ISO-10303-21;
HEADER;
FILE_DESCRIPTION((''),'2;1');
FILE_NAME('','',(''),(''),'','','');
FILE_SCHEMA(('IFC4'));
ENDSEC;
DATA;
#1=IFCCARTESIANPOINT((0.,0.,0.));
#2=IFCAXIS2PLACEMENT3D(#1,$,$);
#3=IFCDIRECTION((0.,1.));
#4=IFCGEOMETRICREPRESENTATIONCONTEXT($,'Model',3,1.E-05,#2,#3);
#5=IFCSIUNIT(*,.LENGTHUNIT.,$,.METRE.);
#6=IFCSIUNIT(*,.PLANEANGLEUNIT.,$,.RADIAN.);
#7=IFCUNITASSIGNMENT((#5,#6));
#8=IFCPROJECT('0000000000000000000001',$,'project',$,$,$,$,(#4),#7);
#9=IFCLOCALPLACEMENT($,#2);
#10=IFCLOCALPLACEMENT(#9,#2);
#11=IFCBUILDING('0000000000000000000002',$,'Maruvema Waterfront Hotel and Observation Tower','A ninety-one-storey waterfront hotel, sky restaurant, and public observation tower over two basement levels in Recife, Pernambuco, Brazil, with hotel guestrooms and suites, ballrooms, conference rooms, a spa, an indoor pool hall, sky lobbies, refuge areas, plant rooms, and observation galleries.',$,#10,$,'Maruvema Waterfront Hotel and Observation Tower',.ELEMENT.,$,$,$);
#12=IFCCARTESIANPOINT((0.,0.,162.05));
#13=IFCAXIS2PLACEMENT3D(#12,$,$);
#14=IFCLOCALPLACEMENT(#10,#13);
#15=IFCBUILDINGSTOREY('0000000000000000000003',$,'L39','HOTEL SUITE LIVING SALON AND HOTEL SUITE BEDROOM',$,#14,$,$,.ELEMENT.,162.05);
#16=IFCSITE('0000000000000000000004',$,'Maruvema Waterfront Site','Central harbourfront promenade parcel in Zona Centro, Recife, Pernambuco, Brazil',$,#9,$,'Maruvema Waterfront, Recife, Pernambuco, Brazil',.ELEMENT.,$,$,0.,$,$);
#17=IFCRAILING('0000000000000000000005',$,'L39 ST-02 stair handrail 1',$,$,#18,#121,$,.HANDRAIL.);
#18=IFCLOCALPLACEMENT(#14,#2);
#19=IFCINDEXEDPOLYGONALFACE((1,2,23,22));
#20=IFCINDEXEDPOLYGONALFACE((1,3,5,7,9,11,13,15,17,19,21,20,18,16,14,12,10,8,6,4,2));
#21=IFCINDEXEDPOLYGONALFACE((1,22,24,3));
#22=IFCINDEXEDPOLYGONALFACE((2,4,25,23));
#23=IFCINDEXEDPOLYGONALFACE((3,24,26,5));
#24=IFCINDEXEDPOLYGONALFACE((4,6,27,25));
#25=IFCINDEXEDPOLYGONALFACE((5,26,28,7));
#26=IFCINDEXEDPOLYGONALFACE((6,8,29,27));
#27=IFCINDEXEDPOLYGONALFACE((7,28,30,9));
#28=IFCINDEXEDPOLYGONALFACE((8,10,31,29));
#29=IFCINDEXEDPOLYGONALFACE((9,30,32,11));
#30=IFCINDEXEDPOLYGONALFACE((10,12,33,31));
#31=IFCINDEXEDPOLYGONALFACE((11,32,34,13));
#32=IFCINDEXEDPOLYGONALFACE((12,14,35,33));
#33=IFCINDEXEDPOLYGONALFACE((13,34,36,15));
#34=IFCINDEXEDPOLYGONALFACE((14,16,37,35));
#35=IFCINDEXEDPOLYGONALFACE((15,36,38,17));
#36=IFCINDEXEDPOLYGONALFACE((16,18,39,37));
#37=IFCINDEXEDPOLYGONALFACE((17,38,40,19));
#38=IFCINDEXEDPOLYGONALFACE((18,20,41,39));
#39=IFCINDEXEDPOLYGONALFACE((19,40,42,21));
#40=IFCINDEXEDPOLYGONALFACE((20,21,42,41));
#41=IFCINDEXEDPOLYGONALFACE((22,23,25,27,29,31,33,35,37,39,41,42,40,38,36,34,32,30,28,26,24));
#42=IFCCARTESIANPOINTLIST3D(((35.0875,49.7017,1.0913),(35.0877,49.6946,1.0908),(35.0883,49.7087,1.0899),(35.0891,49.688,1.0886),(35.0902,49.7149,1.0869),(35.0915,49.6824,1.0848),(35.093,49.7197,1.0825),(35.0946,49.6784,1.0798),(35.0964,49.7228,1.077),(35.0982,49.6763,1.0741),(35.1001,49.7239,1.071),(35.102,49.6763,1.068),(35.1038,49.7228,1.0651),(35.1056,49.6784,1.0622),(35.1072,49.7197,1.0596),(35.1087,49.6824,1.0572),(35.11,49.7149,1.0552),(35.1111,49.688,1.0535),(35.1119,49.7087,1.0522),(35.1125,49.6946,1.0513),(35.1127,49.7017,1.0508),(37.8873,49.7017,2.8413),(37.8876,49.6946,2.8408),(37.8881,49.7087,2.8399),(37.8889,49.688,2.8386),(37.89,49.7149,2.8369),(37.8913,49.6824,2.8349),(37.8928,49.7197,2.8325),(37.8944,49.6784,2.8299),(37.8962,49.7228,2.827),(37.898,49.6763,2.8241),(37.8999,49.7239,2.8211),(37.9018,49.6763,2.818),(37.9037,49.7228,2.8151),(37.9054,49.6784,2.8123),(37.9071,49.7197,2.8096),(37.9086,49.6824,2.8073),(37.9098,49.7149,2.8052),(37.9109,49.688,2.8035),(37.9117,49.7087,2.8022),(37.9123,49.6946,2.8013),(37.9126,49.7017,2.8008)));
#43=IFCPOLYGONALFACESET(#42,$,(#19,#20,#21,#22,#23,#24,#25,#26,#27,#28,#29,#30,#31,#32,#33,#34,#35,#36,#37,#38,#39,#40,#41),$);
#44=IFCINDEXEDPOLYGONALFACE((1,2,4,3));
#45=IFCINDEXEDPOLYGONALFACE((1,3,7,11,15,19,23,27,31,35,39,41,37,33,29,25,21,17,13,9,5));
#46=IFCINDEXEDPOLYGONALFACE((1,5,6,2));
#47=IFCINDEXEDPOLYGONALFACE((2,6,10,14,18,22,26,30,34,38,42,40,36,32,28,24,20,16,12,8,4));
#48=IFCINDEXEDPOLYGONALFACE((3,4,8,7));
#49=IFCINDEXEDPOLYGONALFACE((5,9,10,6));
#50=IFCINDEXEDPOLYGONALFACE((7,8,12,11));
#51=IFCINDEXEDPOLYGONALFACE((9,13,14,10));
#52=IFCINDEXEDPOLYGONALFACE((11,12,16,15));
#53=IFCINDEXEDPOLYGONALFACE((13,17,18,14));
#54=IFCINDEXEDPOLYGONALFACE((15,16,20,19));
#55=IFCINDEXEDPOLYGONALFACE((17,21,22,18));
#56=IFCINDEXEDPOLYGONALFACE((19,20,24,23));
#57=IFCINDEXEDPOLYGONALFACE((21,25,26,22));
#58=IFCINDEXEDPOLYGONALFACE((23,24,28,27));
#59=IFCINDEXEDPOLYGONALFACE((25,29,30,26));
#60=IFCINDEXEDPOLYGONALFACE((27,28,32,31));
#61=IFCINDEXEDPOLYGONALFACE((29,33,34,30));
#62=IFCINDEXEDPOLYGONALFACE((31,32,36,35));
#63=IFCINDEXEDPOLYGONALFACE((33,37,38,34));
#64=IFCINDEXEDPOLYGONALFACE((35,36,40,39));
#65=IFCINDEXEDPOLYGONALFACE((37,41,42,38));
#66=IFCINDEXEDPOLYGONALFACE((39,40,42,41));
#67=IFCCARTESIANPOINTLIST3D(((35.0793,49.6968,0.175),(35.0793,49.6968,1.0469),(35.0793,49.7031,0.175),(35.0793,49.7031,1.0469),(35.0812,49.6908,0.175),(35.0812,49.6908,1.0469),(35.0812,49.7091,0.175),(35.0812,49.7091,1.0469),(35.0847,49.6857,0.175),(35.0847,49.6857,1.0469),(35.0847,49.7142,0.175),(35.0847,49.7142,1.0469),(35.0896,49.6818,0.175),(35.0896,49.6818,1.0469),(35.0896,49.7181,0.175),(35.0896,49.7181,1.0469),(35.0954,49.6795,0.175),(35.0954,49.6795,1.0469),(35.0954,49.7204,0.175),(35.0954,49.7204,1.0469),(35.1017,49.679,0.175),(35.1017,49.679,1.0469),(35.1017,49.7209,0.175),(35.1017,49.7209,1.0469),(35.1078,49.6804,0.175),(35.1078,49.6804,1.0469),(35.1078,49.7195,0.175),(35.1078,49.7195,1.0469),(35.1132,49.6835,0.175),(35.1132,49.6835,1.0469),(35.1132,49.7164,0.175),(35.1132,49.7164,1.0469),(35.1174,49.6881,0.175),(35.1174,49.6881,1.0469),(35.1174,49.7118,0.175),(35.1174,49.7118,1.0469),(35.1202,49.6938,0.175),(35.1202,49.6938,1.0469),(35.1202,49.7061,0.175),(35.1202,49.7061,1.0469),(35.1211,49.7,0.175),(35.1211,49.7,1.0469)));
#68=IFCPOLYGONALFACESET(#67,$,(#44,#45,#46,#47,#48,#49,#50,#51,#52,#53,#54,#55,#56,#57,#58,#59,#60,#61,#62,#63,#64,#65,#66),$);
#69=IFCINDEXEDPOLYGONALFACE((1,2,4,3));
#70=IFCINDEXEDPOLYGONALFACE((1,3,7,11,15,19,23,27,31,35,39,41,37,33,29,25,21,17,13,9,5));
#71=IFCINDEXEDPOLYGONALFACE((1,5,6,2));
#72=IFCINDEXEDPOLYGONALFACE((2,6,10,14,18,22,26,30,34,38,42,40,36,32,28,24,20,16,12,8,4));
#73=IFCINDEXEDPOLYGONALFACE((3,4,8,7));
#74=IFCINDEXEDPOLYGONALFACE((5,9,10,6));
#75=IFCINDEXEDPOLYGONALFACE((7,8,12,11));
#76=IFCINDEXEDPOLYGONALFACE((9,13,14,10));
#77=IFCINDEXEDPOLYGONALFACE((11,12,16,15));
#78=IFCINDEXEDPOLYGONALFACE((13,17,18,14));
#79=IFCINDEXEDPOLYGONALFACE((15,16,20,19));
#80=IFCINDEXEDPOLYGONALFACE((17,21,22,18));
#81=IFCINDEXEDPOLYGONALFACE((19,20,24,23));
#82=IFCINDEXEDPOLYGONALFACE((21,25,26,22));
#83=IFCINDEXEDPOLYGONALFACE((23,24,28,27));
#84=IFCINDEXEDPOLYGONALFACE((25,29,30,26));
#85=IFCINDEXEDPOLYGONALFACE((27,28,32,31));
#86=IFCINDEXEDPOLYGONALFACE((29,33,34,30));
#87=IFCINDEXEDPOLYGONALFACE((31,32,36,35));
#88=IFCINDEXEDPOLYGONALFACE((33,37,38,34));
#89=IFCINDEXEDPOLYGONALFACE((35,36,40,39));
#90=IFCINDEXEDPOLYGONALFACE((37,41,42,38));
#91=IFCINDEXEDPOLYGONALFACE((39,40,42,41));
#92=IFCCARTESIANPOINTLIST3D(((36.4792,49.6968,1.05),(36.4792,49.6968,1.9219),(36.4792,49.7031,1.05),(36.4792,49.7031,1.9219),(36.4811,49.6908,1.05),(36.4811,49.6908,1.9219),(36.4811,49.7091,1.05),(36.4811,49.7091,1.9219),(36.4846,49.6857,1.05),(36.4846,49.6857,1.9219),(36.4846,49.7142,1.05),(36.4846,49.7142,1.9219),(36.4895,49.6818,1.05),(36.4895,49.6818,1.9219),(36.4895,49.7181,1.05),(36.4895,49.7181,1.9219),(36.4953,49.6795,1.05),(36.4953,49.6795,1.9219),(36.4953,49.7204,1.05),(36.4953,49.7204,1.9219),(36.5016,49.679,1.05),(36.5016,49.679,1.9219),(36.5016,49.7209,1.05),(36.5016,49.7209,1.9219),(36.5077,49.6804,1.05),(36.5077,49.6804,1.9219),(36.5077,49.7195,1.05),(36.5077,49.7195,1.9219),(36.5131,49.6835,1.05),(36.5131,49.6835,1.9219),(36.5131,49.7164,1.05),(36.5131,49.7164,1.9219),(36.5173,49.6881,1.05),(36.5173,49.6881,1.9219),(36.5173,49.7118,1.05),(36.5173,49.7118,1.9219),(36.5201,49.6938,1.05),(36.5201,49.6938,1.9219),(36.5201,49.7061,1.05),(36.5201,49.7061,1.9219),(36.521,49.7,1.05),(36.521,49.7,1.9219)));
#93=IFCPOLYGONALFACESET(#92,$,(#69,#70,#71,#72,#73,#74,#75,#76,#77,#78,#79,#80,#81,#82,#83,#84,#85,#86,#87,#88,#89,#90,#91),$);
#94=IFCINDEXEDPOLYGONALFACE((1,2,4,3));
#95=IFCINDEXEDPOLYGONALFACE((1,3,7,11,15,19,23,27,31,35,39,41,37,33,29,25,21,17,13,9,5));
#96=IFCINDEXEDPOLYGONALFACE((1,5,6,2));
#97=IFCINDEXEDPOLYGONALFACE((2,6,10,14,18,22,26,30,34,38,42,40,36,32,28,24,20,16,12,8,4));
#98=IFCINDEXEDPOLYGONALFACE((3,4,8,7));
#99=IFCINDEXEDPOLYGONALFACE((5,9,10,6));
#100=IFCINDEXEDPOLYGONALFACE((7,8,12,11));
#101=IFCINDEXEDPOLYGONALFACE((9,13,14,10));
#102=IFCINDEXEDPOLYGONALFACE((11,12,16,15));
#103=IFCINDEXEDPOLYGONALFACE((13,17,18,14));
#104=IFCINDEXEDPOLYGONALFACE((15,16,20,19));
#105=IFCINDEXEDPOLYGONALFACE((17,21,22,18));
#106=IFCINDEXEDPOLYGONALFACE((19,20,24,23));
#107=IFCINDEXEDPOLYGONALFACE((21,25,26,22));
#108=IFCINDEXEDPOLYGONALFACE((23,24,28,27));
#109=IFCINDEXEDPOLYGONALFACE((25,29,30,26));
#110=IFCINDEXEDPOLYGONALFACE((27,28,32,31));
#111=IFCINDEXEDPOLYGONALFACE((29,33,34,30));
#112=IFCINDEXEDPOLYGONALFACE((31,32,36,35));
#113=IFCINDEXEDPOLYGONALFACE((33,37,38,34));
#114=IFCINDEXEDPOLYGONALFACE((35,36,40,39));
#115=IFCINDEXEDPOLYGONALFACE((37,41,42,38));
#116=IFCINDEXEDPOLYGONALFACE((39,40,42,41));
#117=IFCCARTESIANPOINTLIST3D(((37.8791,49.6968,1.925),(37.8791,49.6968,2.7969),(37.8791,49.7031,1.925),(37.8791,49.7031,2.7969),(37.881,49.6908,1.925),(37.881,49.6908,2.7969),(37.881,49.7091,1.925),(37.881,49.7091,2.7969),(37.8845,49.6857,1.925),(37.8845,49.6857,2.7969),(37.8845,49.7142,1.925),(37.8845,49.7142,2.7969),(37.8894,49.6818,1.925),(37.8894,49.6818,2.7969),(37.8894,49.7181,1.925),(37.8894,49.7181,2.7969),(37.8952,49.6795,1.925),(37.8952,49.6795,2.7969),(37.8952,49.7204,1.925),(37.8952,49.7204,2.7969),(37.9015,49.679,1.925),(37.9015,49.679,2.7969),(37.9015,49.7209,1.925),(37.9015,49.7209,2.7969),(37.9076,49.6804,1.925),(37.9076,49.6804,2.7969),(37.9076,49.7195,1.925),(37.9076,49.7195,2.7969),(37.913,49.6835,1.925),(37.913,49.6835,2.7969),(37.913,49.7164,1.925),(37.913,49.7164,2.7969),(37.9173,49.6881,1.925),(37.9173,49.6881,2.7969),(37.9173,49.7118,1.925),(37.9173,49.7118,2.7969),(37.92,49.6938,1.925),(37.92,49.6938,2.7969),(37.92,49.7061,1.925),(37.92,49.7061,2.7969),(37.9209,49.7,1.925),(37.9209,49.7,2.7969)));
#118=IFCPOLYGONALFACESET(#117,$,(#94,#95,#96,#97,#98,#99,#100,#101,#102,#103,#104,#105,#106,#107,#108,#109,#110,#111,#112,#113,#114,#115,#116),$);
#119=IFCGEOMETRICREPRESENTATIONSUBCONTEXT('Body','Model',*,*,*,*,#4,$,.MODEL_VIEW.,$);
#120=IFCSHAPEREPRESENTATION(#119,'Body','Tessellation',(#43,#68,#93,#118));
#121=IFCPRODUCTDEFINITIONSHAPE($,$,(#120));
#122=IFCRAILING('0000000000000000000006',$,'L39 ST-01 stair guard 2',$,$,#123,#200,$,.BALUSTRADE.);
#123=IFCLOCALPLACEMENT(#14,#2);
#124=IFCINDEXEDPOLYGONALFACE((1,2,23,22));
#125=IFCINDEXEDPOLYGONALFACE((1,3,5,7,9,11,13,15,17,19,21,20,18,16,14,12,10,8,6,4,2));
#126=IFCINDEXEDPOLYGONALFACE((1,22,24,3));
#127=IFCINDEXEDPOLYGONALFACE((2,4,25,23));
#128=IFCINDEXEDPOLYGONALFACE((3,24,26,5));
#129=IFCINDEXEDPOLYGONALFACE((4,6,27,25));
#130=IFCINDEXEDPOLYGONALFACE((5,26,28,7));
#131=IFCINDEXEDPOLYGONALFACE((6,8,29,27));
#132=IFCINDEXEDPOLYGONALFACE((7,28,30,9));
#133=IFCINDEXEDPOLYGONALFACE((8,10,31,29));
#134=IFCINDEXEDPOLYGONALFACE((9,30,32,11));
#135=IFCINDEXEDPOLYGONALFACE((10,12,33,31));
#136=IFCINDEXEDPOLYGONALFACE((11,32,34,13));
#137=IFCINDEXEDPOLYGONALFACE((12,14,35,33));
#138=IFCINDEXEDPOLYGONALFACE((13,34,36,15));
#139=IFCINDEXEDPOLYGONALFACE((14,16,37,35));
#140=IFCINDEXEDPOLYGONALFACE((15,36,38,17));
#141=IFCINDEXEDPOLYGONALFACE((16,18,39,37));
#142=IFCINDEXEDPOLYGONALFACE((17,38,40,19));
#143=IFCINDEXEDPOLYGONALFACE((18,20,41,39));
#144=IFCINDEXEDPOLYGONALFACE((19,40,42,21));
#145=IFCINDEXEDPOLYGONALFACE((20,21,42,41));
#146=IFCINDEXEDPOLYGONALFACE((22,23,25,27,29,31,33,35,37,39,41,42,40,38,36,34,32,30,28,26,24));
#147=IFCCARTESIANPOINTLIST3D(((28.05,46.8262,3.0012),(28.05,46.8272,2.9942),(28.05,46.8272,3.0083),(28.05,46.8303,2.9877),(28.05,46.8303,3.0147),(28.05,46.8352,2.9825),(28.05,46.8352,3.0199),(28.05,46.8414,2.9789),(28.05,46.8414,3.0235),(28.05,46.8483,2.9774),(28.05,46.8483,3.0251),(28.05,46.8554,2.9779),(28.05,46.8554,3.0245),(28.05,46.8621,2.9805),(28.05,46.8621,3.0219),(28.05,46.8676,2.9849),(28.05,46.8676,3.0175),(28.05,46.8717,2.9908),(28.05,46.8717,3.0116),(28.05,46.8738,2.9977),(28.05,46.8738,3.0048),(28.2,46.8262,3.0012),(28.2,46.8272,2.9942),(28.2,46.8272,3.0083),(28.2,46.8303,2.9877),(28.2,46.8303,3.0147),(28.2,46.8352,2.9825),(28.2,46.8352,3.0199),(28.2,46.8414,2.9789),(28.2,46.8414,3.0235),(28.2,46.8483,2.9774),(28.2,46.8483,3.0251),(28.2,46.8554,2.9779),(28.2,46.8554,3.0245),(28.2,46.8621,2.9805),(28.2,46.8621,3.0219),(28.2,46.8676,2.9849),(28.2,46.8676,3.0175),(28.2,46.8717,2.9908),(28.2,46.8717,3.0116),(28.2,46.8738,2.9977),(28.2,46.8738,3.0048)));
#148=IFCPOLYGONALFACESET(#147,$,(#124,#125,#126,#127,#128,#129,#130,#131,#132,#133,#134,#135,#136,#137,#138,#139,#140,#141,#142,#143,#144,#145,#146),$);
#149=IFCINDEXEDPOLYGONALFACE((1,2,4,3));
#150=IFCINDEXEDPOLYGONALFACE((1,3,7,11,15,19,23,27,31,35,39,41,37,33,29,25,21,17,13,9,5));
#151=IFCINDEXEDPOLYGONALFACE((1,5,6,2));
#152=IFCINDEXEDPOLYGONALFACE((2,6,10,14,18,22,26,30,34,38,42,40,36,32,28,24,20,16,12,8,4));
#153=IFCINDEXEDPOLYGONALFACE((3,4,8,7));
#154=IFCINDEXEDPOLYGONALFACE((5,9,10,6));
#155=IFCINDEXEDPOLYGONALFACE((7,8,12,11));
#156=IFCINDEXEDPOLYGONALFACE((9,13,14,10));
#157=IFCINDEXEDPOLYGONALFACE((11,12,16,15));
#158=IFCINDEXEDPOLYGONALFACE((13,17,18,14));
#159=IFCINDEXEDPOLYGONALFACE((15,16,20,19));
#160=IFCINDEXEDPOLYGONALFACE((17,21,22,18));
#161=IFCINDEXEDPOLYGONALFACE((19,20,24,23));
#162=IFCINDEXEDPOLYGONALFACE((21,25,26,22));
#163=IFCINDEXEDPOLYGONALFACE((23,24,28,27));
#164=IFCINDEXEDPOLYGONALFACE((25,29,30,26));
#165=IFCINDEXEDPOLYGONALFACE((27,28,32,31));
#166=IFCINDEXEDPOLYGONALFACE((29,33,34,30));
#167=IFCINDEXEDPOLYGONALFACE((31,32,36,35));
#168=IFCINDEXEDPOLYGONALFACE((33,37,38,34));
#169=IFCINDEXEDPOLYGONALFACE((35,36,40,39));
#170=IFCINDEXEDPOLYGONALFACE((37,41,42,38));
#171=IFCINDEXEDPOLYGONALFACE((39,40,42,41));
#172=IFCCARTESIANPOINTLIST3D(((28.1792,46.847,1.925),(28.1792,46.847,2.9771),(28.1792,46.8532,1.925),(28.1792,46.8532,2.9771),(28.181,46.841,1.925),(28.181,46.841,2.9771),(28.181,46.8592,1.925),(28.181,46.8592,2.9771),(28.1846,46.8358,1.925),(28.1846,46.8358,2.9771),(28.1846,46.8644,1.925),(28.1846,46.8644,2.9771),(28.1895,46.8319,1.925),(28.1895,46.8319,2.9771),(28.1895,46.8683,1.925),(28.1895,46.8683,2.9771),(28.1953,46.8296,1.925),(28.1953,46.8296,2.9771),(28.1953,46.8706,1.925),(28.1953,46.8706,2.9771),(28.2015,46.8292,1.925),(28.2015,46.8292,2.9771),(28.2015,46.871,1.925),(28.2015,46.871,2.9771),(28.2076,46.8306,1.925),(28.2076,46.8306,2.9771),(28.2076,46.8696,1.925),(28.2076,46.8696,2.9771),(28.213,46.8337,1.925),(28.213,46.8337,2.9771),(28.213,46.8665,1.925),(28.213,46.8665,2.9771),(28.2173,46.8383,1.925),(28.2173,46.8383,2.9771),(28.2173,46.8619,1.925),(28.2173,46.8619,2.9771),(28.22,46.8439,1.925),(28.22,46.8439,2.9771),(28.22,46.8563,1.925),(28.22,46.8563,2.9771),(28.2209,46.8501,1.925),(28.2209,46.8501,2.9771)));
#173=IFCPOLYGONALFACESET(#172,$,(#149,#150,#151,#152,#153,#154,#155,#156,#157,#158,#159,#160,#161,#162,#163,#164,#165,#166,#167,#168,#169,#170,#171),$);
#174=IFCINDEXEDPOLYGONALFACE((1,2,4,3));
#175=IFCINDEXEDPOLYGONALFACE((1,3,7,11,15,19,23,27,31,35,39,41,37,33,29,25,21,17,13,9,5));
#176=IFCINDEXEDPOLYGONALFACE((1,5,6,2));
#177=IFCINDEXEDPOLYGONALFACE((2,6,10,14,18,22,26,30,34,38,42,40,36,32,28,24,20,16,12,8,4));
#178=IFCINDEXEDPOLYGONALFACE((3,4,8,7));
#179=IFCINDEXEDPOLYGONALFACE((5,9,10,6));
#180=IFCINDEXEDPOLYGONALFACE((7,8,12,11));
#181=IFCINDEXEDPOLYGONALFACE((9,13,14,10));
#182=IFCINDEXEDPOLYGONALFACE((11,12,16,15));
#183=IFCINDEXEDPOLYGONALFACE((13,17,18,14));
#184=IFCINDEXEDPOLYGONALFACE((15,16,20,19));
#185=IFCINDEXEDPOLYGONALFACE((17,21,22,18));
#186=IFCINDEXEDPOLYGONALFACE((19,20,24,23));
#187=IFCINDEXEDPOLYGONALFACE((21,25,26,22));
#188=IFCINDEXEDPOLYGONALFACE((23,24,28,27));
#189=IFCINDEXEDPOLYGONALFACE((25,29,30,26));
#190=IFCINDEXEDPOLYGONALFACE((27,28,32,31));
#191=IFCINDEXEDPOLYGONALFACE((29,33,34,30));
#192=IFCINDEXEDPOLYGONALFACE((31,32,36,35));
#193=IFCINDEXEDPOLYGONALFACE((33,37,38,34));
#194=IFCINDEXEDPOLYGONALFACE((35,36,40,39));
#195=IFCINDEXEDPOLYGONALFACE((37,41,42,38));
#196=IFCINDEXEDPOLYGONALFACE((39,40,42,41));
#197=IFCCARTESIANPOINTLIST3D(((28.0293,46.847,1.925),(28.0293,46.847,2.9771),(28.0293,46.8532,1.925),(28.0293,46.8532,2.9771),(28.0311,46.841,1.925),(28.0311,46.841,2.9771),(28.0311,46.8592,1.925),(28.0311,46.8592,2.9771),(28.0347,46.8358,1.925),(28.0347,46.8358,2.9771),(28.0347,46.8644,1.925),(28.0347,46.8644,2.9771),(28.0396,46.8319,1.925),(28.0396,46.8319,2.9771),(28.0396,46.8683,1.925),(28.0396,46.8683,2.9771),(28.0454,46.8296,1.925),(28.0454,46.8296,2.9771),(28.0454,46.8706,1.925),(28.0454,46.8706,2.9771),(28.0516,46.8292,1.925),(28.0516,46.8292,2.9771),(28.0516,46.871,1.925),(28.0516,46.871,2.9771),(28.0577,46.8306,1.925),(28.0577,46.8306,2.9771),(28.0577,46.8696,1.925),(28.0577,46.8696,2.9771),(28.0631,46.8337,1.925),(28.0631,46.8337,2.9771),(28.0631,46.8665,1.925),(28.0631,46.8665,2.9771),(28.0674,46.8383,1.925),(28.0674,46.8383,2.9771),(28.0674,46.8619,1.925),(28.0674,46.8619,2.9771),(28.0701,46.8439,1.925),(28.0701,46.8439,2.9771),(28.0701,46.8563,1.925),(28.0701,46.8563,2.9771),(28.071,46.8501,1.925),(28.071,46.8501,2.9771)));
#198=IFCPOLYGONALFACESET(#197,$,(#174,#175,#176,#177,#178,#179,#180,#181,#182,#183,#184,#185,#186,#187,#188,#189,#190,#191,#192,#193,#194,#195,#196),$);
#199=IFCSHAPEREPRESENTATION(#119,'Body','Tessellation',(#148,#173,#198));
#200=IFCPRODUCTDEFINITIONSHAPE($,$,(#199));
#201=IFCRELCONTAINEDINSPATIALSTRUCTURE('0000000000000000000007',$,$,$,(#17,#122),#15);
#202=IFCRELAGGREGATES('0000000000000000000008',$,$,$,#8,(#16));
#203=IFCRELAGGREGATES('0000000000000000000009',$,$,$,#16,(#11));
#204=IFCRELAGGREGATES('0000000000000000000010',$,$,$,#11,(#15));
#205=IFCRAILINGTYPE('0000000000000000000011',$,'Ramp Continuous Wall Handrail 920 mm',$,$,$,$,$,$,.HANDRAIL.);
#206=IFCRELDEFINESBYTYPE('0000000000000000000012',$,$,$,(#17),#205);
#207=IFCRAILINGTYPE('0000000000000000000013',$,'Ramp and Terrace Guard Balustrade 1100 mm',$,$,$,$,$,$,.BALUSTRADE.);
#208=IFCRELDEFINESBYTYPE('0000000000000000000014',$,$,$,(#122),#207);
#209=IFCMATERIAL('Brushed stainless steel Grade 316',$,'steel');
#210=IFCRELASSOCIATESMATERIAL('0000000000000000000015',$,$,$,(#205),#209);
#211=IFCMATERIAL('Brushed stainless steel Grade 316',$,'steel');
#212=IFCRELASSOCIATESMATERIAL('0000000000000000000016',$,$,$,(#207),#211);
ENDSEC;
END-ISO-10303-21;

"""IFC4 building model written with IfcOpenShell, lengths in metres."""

from ifc_helpers import new_model, si_unit, direction, frame, origin, origin_2d, place, context, subcontext, project, spatial, circle, extrude, material, type_object, element, save


model = new_model("IFC4")

# Units and contexts
model_context = context("Model", 3, precision=1e-05, world=origin(), true_north=direction((0.0, 1.0)))
body_context = subcontext(model_context, "Body", "Model", "MODEL_VIEW")
ifc_project = project(units=[si_unit("LENGTHUNIT", "METRE"), si_unit("PLANEANGLEUNIT", "RADIAN")], contexts=[model_context])

# Site, building, storey
site_placement = place(None, origin())
site = spatial("IfcSite", under=ifc_project, at=site_placement, Name="Maruvema Waterfront Site", Description="Central harbourfront promenade parcel in Zona Centro, Recife, Pernambuco, Brazil", LongName="Maruvema Waterfront, Recife, Pernambuco, Brazil", CompositionType="ELEMENT", RefElevation=0.0)
building_placement = place(site_placement, origin())
building = spatial("IfcBuilding", under=site, at=building_placement, Name="Maruvema Waterfront Hotel and Observation Tower", Description="A ninety-one-storey waterfront hotel, sky restaurant, and public observation tower over two basement levels in Recife, Pernambuco, Brazil, with hotel guestrooms and suites, ballrooms, conference rooms, a spa, an indoor pool hall, sky lobbies, refuge areas, plant rooms, and observation galleries.", LongName="Maruvema Waterfront Hotel and Observation Tower", CompositionType="ELEMENT")
storey_placement = place(building_placement, frame((0.0, 0.0, 162.05)))
storey = spatial("IfcBuildingStorey", under=building, at=storey_placement, Name="L39", Description="HOTEL SUITE LIVING SALON AND HOTEL SUITE BEDROOM", CompositionType="ELEMENT", Elevation=162.05)

# Railings
ifc_material_1 = material(Name="Brushed stainless steel Grade 316", Category="steel")
railing_type_1 = type_object("IfcRailingType", Name="Ramp Continuous Wall Handrail 920 mm", PredefinedType="HANDRAIL", material=ifc_material_1)
railing_1_placement = place(storey_placement, frame((35.1001, 49.7, 0.175)))
element("IfcRailing", 1, at=railing_1_placement, inside=storey, type_object=railing_type_1, Name="L39 ST-02 stair handrail 1", PredefinedType="HANDRAIL", context=body_context, shape_type="SweptSolid", body=[
    extrude(circle(Radius=0.0239, at=origin_2d()), frame((0.0, 0.0, 0.896), z_axis=(0.847982, 0.0, 0.530026), x_axis=(0.0, 1.0, 0.0)), (0.0, 0.0, 1.0), 3.3018),
    extrude(circle(Radius=0.021, at=origin_2d()), origin(), (0.0, 0.0, 1.0), 0.8718),
    extrude(circle(Radius=0.021, at=origin_2d()), frame((1.3999, 0.0, 0.875)), (0.0, 0.0, 1.0), 0.8718),
    extrude(circle(Radius=0.021, at=origin_2d()), frame((2.7998, 0.0, 1.75)), (0.0, 0.0, 1.0), 0.8718),
])
ifc_material_2 = material(Name="Brushed stainless steel Grade 316", Category="steel")
railing_type_2 = type_object("IfcRailingType", Name="Ramp and Terrace Guard Balustrade 1100 mm", PredefinedType="BALUSTRADE", material=ifc_material_2)
railing_2_placement = place(storey_placement, frame((28.2, 46.8501, 1.925)))
element("IfcRailing", 2, at=railing_2_placement, inside=storey, type_object=railing_type_2, Name="L39 ST-01 stair guard 2", PredefinedType="BALUSTRADE", context=body_context, shape_type="SweptSolid", body=[
    extrude(circle(Radius=0.0239, at=origin_2d()), frame((0.0, 0.0, 1.0762), z_axis=(-1.0, 0.0, 0.0), x_axis=(0.0, -1.0, 0.0)), (0.0, 0.0, 1.0), 0.1499),
    extrude(circle(Radius=0.021, at=origin_2d()), origin(), (0.0, 0.0, 1.0), 1.052),
    extrude(circle(Radius=0.021, at=origin_2d()), frame((-0.1499, 0.0, 0.0)), (0.0, 0.0, 1.0), 1.052),
])

save(model, "model.ifc")
